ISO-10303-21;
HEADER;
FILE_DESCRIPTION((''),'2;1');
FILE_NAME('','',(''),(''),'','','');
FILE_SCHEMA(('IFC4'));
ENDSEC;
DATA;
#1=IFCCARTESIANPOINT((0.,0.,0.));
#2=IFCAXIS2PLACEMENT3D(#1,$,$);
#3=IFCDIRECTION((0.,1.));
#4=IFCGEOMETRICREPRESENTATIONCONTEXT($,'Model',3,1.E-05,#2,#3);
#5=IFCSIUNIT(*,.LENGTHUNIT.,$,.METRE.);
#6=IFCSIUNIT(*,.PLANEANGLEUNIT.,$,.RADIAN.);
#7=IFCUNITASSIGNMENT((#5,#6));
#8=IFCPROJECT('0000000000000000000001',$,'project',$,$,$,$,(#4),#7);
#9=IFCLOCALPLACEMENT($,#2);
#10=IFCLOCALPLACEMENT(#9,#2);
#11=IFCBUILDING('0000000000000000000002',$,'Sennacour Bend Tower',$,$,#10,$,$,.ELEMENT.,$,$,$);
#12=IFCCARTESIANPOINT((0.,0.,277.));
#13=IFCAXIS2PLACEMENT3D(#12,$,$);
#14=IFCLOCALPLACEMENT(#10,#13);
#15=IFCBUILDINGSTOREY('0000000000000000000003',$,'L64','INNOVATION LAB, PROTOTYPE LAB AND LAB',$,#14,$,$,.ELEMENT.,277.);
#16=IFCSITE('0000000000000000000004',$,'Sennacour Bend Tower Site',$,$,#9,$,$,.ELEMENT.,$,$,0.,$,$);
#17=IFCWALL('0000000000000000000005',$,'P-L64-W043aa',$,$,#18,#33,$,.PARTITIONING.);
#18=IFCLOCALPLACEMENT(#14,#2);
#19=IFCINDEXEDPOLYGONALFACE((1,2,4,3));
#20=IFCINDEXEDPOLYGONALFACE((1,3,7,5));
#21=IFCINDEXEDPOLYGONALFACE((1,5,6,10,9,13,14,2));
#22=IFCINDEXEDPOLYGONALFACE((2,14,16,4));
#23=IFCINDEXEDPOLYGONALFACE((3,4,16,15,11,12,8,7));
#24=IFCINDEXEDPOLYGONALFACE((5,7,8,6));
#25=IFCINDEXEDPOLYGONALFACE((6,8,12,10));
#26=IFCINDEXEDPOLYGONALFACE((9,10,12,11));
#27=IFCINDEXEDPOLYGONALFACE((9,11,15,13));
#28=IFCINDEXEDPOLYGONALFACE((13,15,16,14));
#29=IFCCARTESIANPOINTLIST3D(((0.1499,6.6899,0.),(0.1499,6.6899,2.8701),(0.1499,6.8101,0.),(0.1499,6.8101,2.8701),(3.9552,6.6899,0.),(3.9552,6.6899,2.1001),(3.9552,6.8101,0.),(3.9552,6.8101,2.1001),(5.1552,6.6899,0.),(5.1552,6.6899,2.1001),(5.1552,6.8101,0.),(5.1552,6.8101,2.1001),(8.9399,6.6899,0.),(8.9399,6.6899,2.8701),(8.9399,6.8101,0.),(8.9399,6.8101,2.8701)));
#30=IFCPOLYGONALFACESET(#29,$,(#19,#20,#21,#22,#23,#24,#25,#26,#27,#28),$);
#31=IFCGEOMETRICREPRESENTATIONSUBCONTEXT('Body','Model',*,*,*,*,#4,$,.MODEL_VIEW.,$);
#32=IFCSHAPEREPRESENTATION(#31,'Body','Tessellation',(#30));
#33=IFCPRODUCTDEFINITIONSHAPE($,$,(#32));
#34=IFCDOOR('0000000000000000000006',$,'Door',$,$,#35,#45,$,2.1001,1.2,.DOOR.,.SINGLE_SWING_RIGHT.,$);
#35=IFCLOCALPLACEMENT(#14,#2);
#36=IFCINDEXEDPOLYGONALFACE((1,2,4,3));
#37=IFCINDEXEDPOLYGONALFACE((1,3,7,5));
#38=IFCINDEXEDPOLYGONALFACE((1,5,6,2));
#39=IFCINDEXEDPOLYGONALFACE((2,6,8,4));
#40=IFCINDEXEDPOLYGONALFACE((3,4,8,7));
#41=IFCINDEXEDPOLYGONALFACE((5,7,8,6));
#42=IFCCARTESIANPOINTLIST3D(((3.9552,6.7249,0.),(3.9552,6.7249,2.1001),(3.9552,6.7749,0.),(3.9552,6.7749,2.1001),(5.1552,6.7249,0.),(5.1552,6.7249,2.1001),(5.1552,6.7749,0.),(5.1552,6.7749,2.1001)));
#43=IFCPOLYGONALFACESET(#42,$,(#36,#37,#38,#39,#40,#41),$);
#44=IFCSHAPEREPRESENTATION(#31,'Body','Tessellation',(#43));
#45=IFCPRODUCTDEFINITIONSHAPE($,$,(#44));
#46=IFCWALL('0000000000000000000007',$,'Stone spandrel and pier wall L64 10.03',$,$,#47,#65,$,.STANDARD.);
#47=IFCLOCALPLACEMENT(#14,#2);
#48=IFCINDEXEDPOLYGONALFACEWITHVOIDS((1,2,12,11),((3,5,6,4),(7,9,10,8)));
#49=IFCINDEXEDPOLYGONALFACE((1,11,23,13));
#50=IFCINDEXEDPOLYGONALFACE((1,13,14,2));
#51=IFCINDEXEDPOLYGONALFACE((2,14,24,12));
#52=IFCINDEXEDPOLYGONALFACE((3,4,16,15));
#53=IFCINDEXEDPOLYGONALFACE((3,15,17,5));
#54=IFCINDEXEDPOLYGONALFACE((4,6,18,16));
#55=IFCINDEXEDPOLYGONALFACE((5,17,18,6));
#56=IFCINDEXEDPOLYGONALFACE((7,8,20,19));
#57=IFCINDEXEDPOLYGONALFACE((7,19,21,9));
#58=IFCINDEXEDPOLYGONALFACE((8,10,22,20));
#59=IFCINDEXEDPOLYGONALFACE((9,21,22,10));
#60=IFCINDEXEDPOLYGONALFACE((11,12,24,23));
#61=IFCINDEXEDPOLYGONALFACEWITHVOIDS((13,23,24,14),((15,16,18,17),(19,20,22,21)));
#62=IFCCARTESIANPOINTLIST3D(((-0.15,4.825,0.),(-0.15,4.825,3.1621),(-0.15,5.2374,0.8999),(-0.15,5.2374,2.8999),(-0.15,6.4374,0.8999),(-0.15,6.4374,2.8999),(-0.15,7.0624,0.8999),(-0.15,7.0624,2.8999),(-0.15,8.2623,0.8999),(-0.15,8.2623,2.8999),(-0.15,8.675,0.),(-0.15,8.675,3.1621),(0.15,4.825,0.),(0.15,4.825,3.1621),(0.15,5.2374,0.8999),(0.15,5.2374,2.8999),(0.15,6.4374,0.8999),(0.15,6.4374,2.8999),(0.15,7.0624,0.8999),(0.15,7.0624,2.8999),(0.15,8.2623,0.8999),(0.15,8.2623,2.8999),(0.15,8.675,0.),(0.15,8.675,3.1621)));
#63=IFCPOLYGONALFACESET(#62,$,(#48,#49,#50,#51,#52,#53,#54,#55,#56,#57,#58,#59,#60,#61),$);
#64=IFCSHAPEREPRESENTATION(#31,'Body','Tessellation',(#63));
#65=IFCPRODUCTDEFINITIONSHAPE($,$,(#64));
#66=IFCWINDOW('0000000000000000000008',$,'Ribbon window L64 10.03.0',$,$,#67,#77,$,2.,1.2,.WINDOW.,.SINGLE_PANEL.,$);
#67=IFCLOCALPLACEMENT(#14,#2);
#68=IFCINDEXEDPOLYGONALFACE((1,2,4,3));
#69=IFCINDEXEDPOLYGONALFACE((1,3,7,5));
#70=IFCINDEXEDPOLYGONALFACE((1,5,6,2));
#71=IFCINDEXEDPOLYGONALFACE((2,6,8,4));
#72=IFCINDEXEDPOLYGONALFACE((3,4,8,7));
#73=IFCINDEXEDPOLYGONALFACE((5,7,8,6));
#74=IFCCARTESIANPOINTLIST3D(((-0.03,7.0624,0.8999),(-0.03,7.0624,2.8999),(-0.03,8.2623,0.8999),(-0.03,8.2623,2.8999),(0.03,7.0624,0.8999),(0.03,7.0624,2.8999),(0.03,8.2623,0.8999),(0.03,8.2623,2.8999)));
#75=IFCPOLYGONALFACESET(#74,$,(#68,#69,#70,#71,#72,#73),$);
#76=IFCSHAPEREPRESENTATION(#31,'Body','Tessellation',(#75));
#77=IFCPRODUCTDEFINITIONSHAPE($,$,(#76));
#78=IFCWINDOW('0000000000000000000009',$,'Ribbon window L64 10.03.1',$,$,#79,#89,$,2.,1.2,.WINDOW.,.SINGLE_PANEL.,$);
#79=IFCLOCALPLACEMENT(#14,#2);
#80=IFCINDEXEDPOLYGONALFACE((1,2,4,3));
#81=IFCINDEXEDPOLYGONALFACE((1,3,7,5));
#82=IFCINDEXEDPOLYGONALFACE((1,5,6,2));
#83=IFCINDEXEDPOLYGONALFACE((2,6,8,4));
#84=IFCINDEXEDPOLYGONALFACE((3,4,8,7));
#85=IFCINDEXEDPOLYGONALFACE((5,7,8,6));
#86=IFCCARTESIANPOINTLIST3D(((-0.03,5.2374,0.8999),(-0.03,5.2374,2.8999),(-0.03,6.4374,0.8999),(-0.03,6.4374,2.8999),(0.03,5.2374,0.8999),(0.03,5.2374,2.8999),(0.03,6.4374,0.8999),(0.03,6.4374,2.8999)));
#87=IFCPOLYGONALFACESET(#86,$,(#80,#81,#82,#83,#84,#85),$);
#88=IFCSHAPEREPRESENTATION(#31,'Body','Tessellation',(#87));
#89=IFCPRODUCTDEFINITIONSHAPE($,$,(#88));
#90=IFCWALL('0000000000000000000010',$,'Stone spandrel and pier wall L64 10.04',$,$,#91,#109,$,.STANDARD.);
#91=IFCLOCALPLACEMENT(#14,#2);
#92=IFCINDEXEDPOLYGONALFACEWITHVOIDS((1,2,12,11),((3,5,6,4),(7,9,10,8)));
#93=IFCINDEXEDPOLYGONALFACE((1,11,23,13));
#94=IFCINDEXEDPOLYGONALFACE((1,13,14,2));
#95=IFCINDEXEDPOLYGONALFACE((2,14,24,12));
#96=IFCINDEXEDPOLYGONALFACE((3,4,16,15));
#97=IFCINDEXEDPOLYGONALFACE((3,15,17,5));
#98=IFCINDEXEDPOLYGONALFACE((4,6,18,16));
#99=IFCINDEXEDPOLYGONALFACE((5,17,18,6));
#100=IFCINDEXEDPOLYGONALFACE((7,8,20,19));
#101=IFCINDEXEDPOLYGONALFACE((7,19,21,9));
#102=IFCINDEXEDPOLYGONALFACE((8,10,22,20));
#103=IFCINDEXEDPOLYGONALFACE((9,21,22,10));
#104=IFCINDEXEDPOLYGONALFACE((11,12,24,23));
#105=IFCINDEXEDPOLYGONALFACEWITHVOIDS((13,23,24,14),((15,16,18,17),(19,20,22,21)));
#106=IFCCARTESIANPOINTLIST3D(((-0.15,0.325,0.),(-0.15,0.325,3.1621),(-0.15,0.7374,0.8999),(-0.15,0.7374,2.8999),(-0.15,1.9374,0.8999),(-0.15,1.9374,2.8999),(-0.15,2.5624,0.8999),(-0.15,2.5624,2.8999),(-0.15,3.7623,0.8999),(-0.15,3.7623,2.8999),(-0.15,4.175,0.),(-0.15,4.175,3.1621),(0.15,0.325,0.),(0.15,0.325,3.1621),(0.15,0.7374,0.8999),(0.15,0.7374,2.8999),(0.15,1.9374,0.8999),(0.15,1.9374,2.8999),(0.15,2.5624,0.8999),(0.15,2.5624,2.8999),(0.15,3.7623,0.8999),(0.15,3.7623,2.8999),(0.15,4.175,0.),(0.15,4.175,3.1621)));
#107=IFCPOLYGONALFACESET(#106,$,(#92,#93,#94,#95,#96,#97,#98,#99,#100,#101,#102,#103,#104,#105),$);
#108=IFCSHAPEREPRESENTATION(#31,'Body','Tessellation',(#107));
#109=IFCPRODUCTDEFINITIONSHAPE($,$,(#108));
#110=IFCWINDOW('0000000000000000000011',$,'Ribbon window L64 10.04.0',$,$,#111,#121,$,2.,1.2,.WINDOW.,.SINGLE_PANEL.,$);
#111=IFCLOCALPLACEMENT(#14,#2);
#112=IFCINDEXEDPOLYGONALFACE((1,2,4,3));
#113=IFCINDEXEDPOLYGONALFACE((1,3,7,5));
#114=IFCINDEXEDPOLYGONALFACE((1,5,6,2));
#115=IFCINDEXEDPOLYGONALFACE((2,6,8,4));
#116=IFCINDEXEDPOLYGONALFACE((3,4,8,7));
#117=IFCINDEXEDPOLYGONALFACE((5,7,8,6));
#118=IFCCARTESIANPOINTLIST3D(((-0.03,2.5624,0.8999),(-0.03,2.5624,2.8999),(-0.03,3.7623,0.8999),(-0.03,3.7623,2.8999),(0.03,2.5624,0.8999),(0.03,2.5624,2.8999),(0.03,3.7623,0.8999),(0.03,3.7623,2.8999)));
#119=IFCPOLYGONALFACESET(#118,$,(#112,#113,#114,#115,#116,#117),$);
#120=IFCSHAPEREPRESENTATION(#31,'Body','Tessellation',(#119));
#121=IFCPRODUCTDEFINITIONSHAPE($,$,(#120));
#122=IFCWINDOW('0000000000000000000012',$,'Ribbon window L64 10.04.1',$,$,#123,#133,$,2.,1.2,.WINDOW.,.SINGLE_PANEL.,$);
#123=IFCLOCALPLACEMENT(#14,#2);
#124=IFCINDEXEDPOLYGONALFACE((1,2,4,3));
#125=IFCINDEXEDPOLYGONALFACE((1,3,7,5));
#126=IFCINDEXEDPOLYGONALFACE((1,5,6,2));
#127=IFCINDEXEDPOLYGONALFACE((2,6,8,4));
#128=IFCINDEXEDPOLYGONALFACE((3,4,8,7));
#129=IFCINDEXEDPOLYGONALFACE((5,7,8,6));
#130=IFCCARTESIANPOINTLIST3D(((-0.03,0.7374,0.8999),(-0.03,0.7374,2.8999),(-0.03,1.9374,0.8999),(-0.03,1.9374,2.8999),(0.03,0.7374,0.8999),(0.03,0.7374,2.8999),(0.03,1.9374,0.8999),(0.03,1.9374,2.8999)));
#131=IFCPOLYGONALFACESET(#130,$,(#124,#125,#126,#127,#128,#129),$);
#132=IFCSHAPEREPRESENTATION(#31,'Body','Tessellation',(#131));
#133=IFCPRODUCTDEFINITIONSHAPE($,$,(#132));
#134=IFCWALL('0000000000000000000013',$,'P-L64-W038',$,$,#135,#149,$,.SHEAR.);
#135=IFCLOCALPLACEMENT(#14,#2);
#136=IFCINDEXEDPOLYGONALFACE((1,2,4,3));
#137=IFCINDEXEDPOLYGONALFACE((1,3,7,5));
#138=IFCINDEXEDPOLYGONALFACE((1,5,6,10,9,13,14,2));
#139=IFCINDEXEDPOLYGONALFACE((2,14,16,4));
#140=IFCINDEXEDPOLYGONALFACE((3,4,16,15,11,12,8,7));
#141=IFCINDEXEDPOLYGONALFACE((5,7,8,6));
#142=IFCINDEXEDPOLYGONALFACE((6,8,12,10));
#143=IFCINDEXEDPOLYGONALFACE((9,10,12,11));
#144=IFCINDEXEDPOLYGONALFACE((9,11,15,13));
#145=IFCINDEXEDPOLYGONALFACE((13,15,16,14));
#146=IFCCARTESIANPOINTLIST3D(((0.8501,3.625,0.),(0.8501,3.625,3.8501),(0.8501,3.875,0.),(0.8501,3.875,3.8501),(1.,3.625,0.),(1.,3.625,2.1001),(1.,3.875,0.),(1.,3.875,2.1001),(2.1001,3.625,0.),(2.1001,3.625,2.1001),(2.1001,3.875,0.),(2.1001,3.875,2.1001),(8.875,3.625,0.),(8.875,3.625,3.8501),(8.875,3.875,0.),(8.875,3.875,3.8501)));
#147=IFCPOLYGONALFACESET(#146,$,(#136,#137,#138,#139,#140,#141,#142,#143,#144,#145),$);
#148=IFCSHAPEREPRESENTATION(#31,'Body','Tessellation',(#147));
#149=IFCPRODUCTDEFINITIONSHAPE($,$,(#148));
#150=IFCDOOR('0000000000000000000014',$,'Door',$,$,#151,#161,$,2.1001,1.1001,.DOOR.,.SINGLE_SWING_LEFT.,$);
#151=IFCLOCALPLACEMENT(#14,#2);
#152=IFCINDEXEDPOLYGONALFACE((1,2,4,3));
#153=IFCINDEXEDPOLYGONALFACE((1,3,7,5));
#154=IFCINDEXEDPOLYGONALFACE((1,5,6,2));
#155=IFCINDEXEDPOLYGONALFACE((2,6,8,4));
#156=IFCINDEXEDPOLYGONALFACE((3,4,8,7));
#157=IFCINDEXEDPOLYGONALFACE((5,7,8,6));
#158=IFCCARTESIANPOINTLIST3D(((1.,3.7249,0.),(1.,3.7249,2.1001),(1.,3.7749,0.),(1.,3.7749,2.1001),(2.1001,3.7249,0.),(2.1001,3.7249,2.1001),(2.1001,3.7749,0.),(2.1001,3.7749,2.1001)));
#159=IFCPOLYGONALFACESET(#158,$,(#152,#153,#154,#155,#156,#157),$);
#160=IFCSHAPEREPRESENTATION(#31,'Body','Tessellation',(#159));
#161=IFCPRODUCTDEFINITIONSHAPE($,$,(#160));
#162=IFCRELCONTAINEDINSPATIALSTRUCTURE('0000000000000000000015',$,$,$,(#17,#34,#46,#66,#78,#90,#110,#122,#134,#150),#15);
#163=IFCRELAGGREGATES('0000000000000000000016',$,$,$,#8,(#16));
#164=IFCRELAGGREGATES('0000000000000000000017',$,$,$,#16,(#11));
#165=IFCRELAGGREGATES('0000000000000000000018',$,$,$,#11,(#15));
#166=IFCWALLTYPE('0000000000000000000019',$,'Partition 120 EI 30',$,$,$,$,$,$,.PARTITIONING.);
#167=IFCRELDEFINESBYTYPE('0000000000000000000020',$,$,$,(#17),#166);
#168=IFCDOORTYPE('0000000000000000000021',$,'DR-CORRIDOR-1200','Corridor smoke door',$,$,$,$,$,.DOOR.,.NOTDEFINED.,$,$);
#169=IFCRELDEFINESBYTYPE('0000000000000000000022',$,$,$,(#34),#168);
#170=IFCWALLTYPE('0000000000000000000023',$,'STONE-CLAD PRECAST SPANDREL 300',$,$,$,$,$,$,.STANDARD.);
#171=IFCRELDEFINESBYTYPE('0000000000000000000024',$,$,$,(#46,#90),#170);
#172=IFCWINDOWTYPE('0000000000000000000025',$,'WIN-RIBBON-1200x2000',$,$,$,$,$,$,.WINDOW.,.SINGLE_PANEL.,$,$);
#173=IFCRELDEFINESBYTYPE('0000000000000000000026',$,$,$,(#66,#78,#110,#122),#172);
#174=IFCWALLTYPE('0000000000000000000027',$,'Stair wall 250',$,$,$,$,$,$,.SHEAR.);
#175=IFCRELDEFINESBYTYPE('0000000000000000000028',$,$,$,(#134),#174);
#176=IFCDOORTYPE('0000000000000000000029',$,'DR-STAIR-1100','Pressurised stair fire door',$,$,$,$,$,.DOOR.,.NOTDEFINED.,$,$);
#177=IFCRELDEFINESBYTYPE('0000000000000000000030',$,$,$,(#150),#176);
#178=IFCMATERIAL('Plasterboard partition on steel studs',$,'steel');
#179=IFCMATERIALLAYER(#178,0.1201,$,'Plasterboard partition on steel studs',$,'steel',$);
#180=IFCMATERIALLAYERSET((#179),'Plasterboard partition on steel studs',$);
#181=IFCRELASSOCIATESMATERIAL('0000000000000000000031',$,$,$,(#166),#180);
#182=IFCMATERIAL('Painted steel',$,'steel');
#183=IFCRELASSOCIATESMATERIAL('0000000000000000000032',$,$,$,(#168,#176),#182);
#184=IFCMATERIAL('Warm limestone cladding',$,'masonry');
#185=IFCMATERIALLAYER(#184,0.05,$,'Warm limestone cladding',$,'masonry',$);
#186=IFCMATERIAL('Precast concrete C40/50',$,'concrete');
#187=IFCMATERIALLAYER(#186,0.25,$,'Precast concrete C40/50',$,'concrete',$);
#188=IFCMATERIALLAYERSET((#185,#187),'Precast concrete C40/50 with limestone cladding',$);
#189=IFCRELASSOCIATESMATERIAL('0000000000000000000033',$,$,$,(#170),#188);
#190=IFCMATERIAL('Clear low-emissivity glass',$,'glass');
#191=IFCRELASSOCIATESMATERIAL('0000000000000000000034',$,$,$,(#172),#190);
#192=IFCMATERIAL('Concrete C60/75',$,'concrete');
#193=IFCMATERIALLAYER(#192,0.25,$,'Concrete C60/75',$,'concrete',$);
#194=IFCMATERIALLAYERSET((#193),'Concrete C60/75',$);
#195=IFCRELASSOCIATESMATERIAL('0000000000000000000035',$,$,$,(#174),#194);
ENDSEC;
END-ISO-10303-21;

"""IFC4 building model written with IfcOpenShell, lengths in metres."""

from ifc_helpers import new_model, si_unit, direction, frame, frame_2d, origin, place, context, subcontext, project, spatial, rectangle, extrude, material, layer, layer_set, type_object, element, fill, save


model = new_model("IFC4")

# Units and contexts
model_context = context("Model", 3, precision=1e-05, world=origin(), true_north=direction((0.0, 1.0)))
body_context = subcontext(model_context, "Body", "Model", "MODEL_VIEW")
ifc_project = project(units=[si_unit("LENGTHUNIT", "METRE"), si_unit("PLANEANGLEUNIT", "RADIAN")], contexts=[model_context])

# Site, building, storey
site_placement = place(None, origin())
site = spatial("IfcSite", under=ifc_project, at=site_placement, Name="Sennacour Bend Tower Site", CompositionType="ELEMENT", RefElevation=0.0)
building_placement = place(site_placement, origin())
building = spatial("IfcBuilding", under=site, at=building_placement, Name="Sennacour Bend Tower", CompositionType="ELEMENT")
storey_placement = place(building_placement, frame((0.0, 0.0, 277.0)))
storey = spatial("IfcBuildingStorey", under=building, at=storey_placement, Name="L64", Description="INNOVATION LAB, PROTOTYPE LAB AND LAB", CompositionType="ELEMENT", Elevation=277.0)

# Shared definitions
ifc_material_1 = material(Name="Plasterboard partition on steel studs", Category="steel")

# Wall, opening, door
ifc_layer_1 = layer(ifc_material_1, 0.1201, Name="Plasterboard partition on steel studs", Category="steel")
ifc_layer_set_1 = layer_set([ifc_layer_1], Name="Plasterboard partition on steel studs")
wall_type_1 = type_object("IfcWallType", Name="Partition 120 EI 30", PredefinedType="PARTITIONING", material=ifc_layer_set_1)
wall_1_placement = place(storey_placement, frame((0.1499, 6.75, 0.0), z_axis=(0.0, 0.0, 1.0), x_axis=(1.0, 0.0, 0.0)))
wall_1 = element("IfcWall", 1, at=wall_1_placement, inside=storey, type_object=wall_type_1, Name="P-L64-W043aa", PredefinedType="PARTITIONING", context=body_context, shape_type="SweptSolid", body=[
    extrude(rectangle(XDim=8.79, YDim=0.1201, at=frame_2d((4.395, 0.0))), origin(), (0.0, 0.0, 1.0), 2.8701),
])
opening_1_placement = place(wall_1_placement, frame((3.8052, 0.0, 0.0)))
opening_1 = element("IfcOpeningElement", 2, at=opening_1_placement, cuts=wall_1, PredefinedType="OPENING", context=body_context, shape_type="SweptSolid", body=[
    extrude(rectangle(XDim=1.2, YDim=2.1001, at=frame_2d((0.6001, 1.05))), frame((0.0, 0.0701, 0.0), z_axis=(0.0, -1.0, 0.0), x_axis=(1.0, 0.0, 0.0)), (0.0, 0.0, 1.0), 0.1401),
])
ifc_material_2 = material(Name="Painted steel", Category="steel")
door_type_1 = type_object("IfcDoorType", Name="DR-CORRIDOR-1200", Description="Corridor smoke door", OperationType="NOTDEFINED", PredefinedType="DOOR", material=ifc_material_2)
door_1_placement = place(opening_1_placement, origin())
door_1 = element("IfcDoor", 3, at=door_1_placement, inside=storey, type_object=door_type_1, Name="Door", OperationType="SINGLE_SWING_RIGHT", OverallHeight=2.1001, OverallWidth=1.2, PredefinedType="DOOR", context=body_context, shape_type="SweptSolid", body=[
    extrude(rectangle(XDim=1.2, YDim=2.1001, at=frame_2d((0.6001, 1.05))), frame((0.0, 0.0249, 0.0), z_axis=(0.0, -1.0, 0.0), x_axis=(1.0, 0.0, 0.0)), (0.0, 0.0, 1.0), 0.05),
])
fill(opening_1, door_1)

# Walls, openings, windows
ifc_material_3 = material(Name="Warm limestone cladding", Category="masonry")
ifc_layer_2 = layer(ifc_material_3, 0.05, Name="Warm limestone cladding", Category="masonry")
ifc_material_4 = material(Name="Precast concrete C40/50", Category="concrete")
ifc_layer_3 = layer(ifc_material_4, 0.25, Name="Precast concrete C40/50", Category="concrete")
ifc_layer_set_2 = layer_set([ifc_layer_2, ifc_layer_3], Name="Precast concrete C40/50 with limestone cladding")
wall_type_2 = type_object("IfcWallType", Name="STONE-CLAD PRECAST SPANDREL 300", PredefinedType="STANDARD", material=ifc_layer_set_2)
wall_2_placement = place(storey_placement, frame((0.0, 8.675, 0.0), z_axis=(0.0, 0.0, 1.0), x_axis=(0.0, -1.0, 0.0)))
wall_2 = element("IfcWall", 4, at=wall_2_placement, inside=storey, type_object=wall_type_2, Name="Stone spandrel and pier wall L64 10.03", PredefinedType="STANDARD", context=body_context, shape_type="SweptSolid", body=[
    extrude(rectangle(XDim=3.8501, YDim=0.3, at=frame_2d((1.925, 0.0))), origin(), (0.0, 0.0, 1.0), 3.1621),
])
opening_2_placement = place(wall_2_placement, frame((0.4126, 0.0, 0.8999)))
opening_2 = element("IfcOpeningElement", 5, at=opening_2_placement, cuts=wall_2, PredefinedType="OPENING", context=body_context, shape_type="SweptSolid", body=[
    extrude(rectangle(XDim=1.2, YDim=2.0, at=frame_2d((0.6001, 1.0))), frame((0.0, 0.1602, 0.0), z_axis=(0.0, -1.0, 0.0), x_axis=(1.0, 0.0, 0.0)), (0.0, 0.0, 1.0), 0.3201),
])
opening_3_placement = place(wall_2_placement, frame((2.2375, 0.0, 0.8999)))
opening_3 = element("IfcOpeningElement", 6, at=opening_3_placement, cuts=wall_2, PredefinedType="OPENING", context=body_context, shape_type="SweptSolid", body=[
    extrude(rectangle(XDim=1.2, YDim=2.0, at=frame_2d((0.6001, 1.0))), frame((0.0, 0.1602, 0.0), z_axis=(0.0, -1.0, 0.0), x_axis=(1.0, 0.0, 0.0)), (0.0, 0.0, 1.0), 0.3201),
])
ifc_material_5 = material(Name="Clear low-emissivity glass", Category="glass")
window_type = type_object("IfcWindowType", Name="WIN-RIBBON-1200x2000", PartitioningType="SINGLE_PANEL", PredefinedType="WINDOW", material=ifc_material_5)
window_1_placement = place(opening_2_placement, origin())
window_1 = element("IfcWindow", 7, at=window_1_placement, inside=storey, type_object=window_type, Name="Ribbon window L64 10.03.0", OverallHeight=2.0, OverallWidth=1.2, PartitioningType="SINGLE_PANEL", PredefinedType="WINDOW", context=body_context, shape_type="SweptSolid", body=[
    extrude(rectangle(XDim=1.2, YDim=2.0, at=frame_2d((0.6001, 1.0))), frame((0.0, 0.03, 0.0), z_axis=(0.0, -1.0, 0.0), x_axis=(1.0, 0.0, 0.0)), (0.0, 0.0, 1.0), 0.0601),
])
fill(opening_2, window_1)
window_2_placement = place(opening_3_placement, origin())
window_2 = element("IfcWindow", 8, at=window_2_placement, inside=storey, type_object=window_type, Name="Ribbon window L64 10.03.1", OverallHeight=2.0, OverallWidth=1.2, PartitioningType="SINGLE_PANEL", PredefinedType="WINDOW", context=body_context, shape_type="SweptSolid", body=[
    extrude(rectangle(XDim=1.2, YDim=2.0, at=frame_2d((0.6001, 1.0))), frame((0.0, 0.03, 0.0), z_axis=(0.0, -1.0, 0.0), x_axis=(1.0, 0.0, 0.0)), (0.0, 0.0, 1.0), 0.0601),
])
fill(opening_3, window_2)
wall_3_placement = place(storey_placement, frame((0.0, 4.175, 0.0), z_axis=(0.0, 0.0, 1.0), x_axis=(0.0, -1.0, 0.0)))
wall_3 = element("IfcWall", 9, at=wall_3_placement, inside=storey, type_object=wall_type_2, Name="Stone spandrel and pier wall L64 10.04", PredefinedType="STANDARD", context=body_context, shape_type="SweptSolid", body=[
    extrude(rectangle(XDim=3.8501, YDim=0.3, at=frame_2d((1.925, 0.0))), origin(), (0.0, 0.0, 1.0), 3.1621),
])
opening_4_placement = place(wall_3_placement, frame((0.4126, 0.0, 0.8999)))
opening_4 = element("IfcOpeningElement", 10, at=opening_4_placement, cuts=wall_3, PredefinedType="OPENING", context=body_context, shape_type="SweptSolid", body=[
    extrude(rectangle(XDim=1.2, YDim=2.0, at=frame_2d((0.6001, 1.0))), frame((0.0, 0.1602, 0.0), z_axis=(0.0, -1.0, 0.0), x_axis=(1.0, 0.0, 0.0)), (0.0, 0.0, 1.0), 0.3201),
])
opening_5_placement = place(wall_3_placement, frame((2.2375, 0.0, 0.8999)))
opening_5 = element("IfcOpeningElement", 11, at=opening_5_placement, cuts=wall_3, PredefinedType="OPENING", context=body_context, shape_type="SweptSolid", body=[
    extrude(rectangle(XDim=1.2, YDim=2.0, at=frame_2d((0.6001, 1.0))), frame((0.0, 0.1602, 0.0), z_axis=(0.0, -1.0, 0.0), x_axis=(1.0, 0.0, 0.0)), (0.0, 0.0, 1.0), 0.3201),
])
window_3_placement = place(opening_4_placement, origin())
window_3 = element("IfcWindow", 12, at=window_3_placement, inside=storey, type_object=window_type, Name="Ribbon window L64 10.04.0", OverallHeight=2.0, OverallWidth=1.2, PartitioningType="SINGLE_PANEL", PredefinedType="WINDOW", context=body_context, shape_type="SweptSolid", body=[
    extrude(rectangle(XDim=1.2, YDim=2.0, at=frame_2d((0.6001, 1.0))), frame((0.0, 0.03, 0.0), z_axis=(0.0, -1.0, 0.0), x_axis=(1.0, 0.0, 0.0)), (0.0, 0.0, 1.0), 0.0601),
])
fill(opening_4, window_3)
window_4_placement = place(opening_5_placement, origin())
window_4 = element("IfcWindow", 13, at=window_4_placement, inside=storey, type_object=window_type, Name="Ribbon window L64 10.04.1", OverallHeight=2.0, OverallWidth=1.2, PartitioningType="SINGLE_PANEL", PredefinedType="WINDOW", context=body_context, shape_type="SweptSolid", body=[
    extrude(rectangle(XDim=1.2, YDim=2.0, at=frame_2d((0.6001, 1.0))), frame((0.0, 0.03, 0.0), z_axis=(0.0, -1.0, 0.0), x_axis=(1.0, 0.0, 0.0)), (0.0, 0.0, 1.0), 0.0601),
])
fill(opening_5, window_4)

# Wall, opening, door
ifc_material_6 = material(Name="Concrete C60/75", Category="concrete")
ifc_layer_4 = layer(ifc_material_6, 0.25, Name="Concrete C60/75", Category="concrete")
ifc_layer_set_3 = layer_set([ifc_layer_4], Name="Concrete C60/75")
wall_type_3 = type_object("IfcWallType", Name="Stair wall 250", PredefinedType="SHEAR", material=ifc_layer_set_3)
wall_4_placement = place(storey_placement, frame((0.8501, 3.75, 0.0), z_axis=(0.0, 0.0, 1.0), x_axis=(1.0, 0.0, 0.0)))
wall_4 = element("IfcWall", 14, at=wall_4_placement, inside=storey, type_object=wall_type_3, Name="P-L64-W038", PredefinedType="SHEAR", context=body_context, shape_type="SweptSolid", body=[
    extrude(rectangle(XDim=8.0249, YDim=0.25, at=frame_2d((4.0125, 0.0))), origin(), (0.0, 0.0, 1.0), 3.8501),
])
opening_6_placement = place(wall_4_placement, frame((0.1499, 0.0, 0.0)))
opening_6 = element("IfcOpeningElement", 15, at=opening_6_placement, cuts=wall_4, PredefinedType="OPENING", context=body_context, shape_type="SweptSolid", body=[
    extrude(rectangle(XDim=1.1001, YDim=2.1001, at=frame_2d((0.55, 1.05))), frame((0.0, 0.135, 0.0), z_axis=(0.0, -1.0, 0.0), x_axis=(1.0, 0.0, 0.0)), (0.0, 0.0, 1.0), 0.27),
])
door_type_2 = type_object("IfcDoorType", Name="DR-STAIR-1100", Description="Pressurised stair fire door", OperationType="NOTDEFINED", PredefinedType="DOOR", material=ifc_material_2)
door_2_placement = place(opening_6_placement, origin())
door_2 = element("IfcDoor", 16, at=door_2_placement, inside=storey, type_object=door_type_2, Name="Door", OperationType="SINGLE_SWING_LEFT", OverallHeight=2.1001, OverallWidth=1.1001, PredefinedType="DOOR", context=body_context, shape_type="SweptSolid", body=[
    extrude(rectangle(XDim=1.1001, YDim=2.1001, at=frame_2d((0.55, 1.05))), frame((0.0, 0.0249, 0.0), z_axis=(0.0, -1.0, 0.0), x_axis=(1.0, 0.0, 0.0)), (0.0, 0.0, 1.0), 0.05),
])
fill(opening_6, door_2)

save(model, "model.ifc")
